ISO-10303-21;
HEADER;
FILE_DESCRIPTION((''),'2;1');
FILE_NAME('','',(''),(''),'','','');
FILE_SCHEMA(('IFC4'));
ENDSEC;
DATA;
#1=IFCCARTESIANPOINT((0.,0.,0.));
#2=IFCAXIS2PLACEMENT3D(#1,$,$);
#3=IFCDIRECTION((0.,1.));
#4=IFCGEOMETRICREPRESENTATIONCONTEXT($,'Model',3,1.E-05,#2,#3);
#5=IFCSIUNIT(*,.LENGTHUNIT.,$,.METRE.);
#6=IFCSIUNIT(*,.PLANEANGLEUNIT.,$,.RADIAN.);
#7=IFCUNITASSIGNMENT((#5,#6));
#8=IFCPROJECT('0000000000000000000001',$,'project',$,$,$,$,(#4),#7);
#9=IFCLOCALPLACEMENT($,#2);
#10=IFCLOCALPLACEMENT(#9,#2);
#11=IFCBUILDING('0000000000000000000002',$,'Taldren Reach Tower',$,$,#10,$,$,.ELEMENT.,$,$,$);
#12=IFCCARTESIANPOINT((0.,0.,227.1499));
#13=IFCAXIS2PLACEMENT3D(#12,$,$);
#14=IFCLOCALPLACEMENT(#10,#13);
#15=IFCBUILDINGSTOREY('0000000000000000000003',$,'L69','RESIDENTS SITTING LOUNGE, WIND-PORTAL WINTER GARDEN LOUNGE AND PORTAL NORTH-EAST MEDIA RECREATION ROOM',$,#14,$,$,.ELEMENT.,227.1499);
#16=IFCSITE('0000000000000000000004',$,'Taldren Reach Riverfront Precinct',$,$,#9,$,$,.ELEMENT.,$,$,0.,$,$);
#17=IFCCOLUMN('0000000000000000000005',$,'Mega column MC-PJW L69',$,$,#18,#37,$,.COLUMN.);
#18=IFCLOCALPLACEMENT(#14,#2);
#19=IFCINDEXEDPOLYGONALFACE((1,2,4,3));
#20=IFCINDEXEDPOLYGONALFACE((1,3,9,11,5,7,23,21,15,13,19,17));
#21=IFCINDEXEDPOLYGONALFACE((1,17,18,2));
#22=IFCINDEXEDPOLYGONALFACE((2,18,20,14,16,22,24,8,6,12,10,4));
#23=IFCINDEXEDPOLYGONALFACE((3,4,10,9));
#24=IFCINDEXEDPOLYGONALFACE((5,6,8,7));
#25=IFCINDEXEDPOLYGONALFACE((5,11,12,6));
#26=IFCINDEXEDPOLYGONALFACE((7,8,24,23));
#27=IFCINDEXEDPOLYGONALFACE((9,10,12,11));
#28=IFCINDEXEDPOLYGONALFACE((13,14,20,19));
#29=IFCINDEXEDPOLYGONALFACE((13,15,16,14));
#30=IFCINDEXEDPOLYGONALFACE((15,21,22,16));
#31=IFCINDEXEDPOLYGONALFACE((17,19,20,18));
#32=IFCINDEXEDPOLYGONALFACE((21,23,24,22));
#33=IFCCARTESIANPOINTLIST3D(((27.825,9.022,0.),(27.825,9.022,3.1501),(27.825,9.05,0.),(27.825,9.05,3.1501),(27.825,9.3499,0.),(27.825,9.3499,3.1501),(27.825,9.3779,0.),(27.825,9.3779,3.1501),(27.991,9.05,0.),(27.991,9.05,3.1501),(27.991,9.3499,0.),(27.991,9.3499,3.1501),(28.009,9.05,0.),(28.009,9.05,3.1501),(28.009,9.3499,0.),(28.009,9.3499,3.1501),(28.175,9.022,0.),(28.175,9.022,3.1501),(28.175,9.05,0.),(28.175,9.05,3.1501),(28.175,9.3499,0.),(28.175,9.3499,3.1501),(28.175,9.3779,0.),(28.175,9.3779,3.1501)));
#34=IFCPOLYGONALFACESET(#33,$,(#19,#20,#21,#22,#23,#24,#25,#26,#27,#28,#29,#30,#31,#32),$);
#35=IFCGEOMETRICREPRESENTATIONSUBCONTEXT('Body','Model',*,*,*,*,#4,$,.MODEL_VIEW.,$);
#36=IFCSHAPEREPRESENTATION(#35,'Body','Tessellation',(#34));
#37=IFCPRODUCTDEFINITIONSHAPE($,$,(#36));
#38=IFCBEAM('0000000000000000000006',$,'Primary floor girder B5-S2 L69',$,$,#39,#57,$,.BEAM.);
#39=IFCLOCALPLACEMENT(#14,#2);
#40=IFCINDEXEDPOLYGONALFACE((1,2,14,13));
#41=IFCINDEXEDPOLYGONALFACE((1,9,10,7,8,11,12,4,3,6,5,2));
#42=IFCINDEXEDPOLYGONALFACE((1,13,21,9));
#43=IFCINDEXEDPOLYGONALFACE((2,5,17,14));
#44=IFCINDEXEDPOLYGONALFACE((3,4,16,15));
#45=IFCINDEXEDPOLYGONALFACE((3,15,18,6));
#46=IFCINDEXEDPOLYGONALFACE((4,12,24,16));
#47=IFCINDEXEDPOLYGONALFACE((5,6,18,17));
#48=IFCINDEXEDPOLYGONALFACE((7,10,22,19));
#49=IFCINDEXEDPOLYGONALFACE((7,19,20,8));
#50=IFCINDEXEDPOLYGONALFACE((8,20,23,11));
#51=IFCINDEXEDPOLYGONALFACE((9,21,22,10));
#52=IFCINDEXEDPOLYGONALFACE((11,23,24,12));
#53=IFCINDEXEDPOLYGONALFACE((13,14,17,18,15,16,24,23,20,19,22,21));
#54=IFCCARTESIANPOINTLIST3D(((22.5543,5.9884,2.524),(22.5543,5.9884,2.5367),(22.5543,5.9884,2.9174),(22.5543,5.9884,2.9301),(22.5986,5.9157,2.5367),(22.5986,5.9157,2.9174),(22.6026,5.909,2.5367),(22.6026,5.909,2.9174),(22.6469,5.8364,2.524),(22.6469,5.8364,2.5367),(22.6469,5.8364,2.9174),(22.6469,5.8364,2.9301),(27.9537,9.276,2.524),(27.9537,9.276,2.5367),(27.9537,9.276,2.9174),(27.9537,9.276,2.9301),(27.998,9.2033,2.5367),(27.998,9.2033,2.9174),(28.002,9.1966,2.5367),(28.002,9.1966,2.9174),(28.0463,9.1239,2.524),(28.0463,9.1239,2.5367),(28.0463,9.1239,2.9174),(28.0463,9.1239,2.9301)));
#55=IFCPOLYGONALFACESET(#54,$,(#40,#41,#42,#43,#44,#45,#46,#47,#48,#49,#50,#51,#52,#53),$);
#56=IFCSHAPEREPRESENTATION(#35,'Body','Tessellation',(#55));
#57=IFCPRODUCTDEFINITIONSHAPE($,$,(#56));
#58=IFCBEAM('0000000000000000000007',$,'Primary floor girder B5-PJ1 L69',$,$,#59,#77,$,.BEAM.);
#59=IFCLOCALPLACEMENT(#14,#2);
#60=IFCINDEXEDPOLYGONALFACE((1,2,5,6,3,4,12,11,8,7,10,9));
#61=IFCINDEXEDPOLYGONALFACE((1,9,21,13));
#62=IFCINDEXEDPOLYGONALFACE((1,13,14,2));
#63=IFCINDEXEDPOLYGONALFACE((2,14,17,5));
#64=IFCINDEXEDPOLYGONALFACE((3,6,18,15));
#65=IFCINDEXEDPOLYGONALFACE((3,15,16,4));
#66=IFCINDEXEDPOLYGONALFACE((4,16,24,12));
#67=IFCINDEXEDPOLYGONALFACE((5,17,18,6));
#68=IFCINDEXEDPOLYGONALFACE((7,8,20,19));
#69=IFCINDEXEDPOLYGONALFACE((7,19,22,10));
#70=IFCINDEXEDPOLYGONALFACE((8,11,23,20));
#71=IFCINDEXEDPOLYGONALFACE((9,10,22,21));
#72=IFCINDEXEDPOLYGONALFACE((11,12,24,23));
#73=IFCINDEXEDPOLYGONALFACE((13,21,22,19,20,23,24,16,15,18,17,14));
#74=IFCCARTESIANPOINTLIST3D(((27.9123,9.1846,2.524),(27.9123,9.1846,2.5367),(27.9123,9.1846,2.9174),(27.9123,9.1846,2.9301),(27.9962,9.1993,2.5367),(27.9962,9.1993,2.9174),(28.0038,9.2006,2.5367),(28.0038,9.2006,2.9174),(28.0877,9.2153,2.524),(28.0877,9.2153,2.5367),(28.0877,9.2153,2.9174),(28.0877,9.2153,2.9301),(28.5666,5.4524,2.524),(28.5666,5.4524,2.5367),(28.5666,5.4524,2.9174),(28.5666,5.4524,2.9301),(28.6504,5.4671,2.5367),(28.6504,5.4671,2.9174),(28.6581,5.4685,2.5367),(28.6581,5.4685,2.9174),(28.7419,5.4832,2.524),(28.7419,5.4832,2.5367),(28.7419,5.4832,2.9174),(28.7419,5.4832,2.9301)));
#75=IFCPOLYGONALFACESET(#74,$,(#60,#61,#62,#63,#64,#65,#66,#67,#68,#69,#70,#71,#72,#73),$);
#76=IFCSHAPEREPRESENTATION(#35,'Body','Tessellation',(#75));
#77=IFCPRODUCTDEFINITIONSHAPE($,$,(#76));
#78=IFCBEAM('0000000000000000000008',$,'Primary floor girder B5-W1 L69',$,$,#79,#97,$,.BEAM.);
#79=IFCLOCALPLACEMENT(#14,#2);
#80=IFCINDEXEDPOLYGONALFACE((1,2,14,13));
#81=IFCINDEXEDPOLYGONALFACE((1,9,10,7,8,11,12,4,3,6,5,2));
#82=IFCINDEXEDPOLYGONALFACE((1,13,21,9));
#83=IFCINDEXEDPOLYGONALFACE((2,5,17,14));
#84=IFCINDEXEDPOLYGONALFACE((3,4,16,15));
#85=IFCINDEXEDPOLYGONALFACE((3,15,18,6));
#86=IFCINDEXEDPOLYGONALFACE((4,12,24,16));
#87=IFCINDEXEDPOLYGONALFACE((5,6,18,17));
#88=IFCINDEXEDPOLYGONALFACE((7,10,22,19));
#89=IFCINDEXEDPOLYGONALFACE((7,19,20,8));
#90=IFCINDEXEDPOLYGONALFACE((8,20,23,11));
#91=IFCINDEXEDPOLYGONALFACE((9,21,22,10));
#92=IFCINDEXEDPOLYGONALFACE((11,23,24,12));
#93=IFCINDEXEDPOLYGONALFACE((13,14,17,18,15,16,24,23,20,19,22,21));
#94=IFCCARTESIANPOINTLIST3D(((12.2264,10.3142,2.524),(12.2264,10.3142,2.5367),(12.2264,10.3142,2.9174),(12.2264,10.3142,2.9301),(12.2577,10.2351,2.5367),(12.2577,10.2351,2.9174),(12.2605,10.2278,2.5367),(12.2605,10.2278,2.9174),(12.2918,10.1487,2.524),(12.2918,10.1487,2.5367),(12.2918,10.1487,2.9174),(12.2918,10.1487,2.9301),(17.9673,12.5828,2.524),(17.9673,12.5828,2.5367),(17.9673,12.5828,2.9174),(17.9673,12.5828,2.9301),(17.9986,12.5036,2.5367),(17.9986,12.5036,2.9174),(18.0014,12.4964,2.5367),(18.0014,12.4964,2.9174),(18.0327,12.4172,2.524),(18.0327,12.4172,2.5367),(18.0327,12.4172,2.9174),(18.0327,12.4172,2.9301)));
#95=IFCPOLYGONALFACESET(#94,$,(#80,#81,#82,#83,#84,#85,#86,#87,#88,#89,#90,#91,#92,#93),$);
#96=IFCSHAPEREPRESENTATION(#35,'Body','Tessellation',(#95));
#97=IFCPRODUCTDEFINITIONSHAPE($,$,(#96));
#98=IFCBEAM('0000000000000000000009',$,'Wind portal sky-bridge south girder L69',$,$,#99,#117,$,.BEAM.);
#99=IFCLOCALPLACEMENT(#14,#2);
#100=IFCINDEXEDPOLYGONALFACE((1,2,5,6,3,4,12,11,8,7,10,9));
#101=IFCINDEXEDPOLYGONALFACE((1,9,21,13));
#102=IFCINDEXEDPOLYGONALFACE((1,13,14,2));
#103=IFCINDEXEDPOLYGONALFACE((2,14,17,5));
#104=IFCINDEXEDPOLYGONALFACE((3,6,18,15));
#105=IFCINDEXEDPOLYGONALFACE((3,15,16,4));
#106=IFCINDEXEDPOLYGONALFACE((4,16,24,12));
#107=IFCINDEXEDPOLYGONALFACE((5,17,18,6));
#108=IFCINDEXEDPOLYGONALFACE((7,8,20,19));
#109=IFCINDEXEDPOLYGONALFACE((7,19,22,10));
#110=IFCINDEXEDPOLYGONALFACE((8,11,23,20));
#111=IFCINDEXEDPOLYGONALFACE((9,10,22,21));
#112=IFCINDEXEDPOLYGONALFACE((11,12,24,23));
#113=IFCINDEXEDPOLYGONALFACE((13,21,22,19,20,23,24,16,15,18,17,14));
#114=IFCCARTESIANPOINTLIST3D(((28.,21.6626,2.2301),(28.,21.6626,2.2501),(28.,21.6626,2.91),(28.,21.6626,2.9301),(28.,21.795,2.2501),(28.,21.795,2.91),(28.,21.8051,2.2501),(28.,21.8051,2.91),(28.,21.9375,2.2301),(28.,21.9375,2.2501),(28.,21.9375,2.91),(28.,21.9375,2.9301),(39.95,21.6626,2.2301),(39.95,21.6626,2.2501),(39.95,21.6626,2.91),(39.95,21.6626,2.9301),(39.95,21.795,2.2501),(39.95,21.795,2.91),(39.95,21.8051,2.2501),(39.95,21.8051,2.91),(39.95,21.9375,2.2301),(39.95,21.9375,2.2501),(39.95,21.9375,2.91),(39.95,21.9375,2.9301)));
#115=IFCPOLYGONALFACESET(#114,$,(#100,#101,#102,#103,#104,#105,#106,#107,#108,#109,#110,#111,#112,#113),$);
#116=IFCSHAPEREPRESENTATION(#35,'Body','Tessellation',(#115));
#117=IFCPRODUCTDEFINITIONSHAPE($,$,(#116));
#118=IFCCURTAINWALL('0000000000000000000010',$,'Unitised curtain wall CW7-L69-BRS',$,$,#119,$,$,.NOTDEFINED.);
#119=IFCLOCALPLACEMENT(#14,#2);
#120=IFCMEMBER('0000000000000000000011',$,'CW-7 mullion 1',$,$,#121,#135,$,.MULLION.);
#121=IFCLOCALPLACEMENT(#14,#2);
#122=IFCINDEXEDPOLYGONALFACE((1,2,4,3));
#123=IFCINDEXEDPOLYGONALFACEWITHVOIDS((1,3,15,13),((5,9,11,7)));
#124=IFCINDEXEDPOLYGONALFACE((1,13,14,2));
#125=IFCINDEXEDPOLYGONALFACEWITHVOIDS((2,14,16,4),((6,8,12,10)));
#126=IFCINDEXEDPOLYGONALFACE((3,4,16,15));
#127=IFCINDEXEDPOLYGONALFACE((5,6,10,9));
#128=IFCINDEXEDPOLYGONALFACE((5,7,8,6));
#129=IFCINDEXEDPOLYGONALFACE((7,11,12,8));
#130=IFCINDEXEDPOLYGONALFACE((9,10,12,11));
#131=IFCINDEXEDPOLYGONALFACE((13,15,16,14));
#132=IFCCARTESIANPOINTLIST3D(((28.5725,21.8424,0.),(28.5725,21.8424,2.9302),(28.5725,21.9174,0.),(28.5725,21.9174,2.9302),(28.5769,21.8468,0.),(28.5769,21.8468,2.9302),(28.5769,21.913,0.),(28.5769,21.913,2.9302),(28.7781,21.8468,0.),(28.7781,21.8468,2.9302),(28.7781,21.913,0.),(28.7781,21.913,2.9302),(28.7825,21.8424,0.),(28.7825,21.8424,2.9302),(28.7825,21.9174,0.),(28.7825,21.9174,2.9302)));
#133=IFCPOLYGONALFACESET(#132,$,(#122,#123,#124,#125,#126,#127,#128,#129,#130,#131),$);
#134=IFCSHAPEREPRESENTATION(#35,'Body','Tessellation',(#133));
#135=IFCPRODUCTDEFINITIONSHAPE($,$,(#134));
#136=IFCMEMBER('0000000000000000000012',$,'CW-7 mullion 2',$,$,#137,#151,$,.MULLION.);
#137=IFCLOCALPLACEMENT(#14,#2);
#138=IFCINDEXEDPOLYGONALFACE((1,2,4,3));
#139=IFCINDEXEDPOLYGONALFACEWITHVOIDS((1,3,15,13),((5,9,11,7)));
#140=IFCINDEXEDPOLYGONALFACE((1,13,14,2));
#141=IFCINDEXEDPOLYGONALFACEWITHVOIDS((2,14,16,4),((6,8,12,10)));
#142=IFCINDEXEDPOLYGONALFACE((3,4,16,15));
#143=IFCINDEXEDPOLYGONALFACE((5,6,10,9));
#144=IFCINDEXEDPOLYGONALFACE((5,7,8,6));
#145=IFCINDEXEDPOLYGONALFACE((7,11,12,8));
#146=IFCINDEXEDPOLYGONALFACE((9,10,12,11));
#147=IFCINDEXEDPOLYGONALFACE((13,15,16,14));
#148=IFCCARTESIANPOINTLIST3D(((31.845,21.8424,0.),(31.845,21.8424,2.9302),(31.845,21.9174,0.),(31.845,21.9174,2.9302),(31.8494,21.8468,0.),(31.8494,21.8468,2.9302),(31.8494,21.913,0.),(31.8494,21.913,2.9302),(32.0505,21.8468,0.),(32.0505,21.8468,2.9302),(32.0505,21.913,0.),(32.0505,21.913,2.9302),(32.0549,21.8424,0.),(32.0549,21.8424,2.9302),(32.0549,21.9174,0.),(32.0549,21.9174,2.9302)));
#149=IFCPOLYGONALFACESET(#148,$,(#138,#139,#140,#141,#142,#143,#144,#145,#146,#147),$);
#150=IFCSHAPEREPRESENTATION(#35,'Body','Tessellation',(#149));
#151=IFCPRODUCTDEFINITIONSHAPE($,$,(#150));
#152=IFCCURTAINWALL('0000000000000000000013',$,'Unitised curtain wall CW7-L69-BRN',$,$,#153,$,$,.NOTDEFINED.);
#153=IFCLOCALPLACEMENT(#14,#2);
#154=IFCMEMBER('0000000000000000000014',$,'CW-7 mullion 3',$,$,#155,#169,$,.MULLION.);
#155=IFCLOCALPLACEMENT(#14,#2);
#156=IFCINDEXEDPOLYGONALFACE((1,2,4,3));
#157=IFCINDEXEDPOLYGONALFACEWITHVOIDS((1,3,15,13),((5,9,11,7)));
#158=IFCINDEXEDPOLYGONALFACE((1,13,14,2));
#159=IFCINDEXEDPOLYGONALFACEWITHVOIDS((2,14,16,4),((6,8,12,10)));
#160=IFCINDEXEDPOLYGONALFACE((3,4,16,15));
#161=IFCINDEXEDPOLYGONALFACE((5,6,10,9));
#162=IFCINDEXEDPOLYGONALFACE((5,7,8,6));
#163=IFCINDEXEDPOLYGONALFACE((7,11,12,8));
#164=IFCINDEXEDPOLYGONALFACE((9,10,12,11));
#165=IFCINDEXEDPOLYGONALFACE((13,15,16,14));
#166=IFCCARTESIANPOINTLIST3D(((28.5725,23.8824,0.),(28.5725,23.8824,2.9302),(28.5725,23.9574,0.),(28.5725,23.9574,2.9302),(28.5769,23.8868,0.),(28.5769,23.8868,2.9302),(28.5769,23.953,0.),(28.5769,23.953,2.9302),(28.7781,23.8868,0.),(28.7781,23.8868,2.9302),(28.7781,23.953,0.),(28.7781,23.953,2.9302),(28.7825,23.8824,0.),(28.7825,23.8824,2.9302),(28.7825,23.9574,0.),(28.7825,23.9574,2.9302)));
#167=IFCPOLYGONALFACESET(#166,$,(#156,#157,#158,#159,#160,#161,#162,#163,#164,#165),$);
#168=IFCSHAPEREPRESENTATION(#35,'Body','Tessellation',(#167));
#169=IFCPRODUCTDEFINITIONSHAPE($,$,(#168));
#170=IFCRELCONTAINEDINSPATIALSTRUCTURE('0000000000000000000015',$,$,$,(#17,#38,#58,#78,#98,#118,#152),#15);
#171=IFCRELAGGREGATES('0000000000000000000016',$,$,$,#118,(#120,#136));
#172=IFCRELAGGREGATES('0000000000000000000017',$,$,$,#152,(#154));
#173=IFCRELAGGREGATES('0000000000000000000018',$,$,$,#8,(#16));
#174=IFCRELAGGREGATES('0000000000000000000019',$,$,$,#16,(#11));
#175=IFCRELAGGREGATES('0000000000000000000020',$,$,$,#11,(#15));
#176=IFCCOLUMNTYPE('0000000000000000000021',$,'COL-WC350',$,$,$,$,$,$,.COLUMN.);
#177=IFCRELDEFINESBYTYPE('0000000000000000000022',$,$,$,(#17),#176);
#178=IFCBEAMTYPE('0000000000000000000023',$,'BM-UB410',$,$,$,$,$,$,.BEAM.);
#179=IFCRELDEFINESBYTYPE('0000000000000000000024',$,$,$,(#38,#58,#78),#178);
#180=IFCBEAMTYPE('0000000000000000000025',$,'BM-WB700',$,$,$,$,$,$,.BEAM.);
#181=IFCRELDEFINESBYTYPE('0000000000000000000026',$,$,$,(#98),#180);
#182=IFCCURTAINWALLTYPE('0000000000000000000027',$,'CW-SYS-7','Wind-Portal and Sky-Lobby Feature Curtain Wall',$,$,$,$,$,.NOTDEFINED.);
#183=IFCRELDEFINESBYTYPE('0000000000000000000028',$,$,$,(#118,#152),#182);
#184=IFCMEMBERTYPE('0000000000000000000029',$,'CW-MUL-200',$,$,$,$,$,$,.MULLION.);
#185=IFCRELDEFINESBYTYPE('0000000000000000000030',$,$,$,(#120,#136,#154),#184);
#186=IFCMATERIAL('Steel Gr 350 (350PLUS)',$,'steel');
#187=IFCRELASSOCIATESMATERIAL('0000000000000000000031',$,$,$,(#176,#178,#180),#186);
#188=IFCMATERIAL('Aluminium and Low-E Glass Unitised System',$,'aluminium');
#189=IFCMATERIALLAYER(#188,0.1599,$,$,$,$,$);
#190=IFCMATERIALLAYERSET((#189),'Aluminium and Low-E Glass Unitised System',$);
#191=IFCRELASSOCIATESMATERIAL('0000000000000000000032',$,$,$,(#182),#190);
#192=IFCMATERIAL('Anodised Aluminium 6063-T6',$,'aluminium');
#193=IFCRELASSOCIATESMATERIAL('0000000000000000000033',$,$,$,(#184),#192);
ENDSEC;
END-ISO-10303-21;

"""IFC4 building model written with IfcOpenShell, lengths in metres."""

from ifc_helpers import new_model, si_unit, direction, frame, origin, origin_2d, place, context, subcontext, project, spatial, hollow_rectangle, i_section, extrude, source, transform, mapped, material, layer, layer_set, material_profile, profile_set, type_object, element, aggregate, save


model = new_model("IFC4")

# Units and contexts
model_context = context("Model", 3, precision=1e-05, world=origin(), true_north=direction((0.0, 1.0)))
body_context = subcontext(model_context, "Body", "Model", "MODEL_VIEW")
ifc_project = project(units=[si_unit("LENGTHUNIT", "METRE"), si_unit("PLANEANGLEUNIT", "RADIAN")], contexts=[model_context])

# Site, building, storey
site_placement = place(None, origin())
site = spatial("IfcSite", under=ifc_project, at=site_placement, Name="Taldren Reach Riverfront Precinct", CompositionType="ELEMENT", RefElevation=0.0)
building_placement = place(site_placement, origin())
building = spatial("IfcBuilding", under=site, at=building_placement, Name="Taldren Reach Tower", CompositionType="ELEMENT")
storey_placement = place(building_placement, frame((0.0, 0.0, 227.1499)))
storey = spatial("IfcBuildingStorey", under=building, at=storey_placement, Name="L69", Description="RESIDENTS SITTING LOUNGE, WIND-PORTAL WINTER GARDEN LOUNGE AND PORTAL NORTH-EAST MEDIA RECREATION ROOM", CompositionType="ELEMENT", Elevation=227.1499)

# Column
ifc_material_1 = material(Name="Steel Gr 350 (350PLUS)", Category="steel")
ifc_material_profile_1 = material_profile(ifc_material_1, i_section(OverallWidth=0.3501, OverallDepth=0.356, WebThickness=0.0181, FlangeThickness=0.0281, at=origin_2d()), Name="350WC197")
ifc_profile_set_1 = profile_set([ifc_material_profile_1], Name="Steel Gr 350 (350PLUS)")
column_type = type_object("IfcColumnType", Name="COL-WC350", PredefinedType="COLUMN", material=ifc_profile_set_1)
shared_shape_1 = source(origin(), body_context, "Body", "SweptSolid", [
    extrude(i_section(OverallWidth=0.3501, OverallDepth=0.356, WebThickness=0.0181, FlangeThickness=0.0281, at=origin_2d()), origin(), (0.0, 0.0, 1.0), 3.1501),
])
column_placement = place(storey_placement, frame((28.0, 9.2, 0.0), z_axis=(0.0, 0.0, 1.0), x_axis=(1.0, 0.0, 0.0)))
element("IfcColumn", 1, at=column_placement, inside=storey, type_object=column_type, Name="Mega column MC-PJW L69", PredefinedType="COLUMN", context=body_context, shape_type="MappedRepresentation", body=[
    mapped(shared_shape_1, transform((0.0, 0.0, 0.0), scale=1.0)),
])

# Beams
ifc_material_profile_2 = material_profile(ifc_material_1, i_section(OverallWidth=0.178, OverallDepth=0.406, WebThickness=0.0078, FlangeThickness=0.0127, at=origin_2d()), Name="410UB59.7")
ifc_profile_set_2 = profile_set([ifc_material_profile_2], Name="Steel Gr 350 (350PLUS)")
beam_type_1 = type_object("IfcBeamType", Name="BM-UB410", PredefinedType="BEAM", material=ifc_profile_set_2)
shared_shape_2 = source(origin(), body_context, "Body", "SweptSolid", [
    extrude(i_section(OverallWidth=0.178, OverallDepth=0.406, WebThickness=0.0078, FlangeThickness=0.0127, at=origin_2d()), origin(), (0.0, 0.0, 1.0), 6.3215),
])
beam_1_placement = place(storey_placement, frame((28.0, 9.2, 2.7271), z_axis=(-0.854128, -0.520062, 0.0), x_axis=(0.520062, -0.854128, 0.0)))
element("IfcBeam", 2, at=beam_1_placement, inside=storey, type_object=beam_type_1, Name="Primary floor girder B5-S2 L69", PredefinedType="BEAM", context=body_context, shape_type="MappedRepresentation", body=[
    mapped(shared_shape_2, transform((0.0, 0.0, 0.0), scale=1.0)),
])
shared_shape_3 = source(origin(), body_context, "Body", "SweptSolid", [
    extrude(i_section(OverallWidth=0.178, OverallDepth=0.406, WebThickness=0.0078, FlangeThickness=0.0127, at=origin_2d()), origin(), (0.0, 0.0, 1.0), 3.7891),
])
beam_2_placement = place(storey_placement, frame((28.0, 9.2, 2.7271), z_axis=(0.172679, -0.984978, 0.0), x_axis=(0.984978, 0.172679, 0.0)))
element("IfcBeam", 3, at=beam_2_placement, inside=storey, type_object=beam_type_1, Name="Primary floor girder B5-PJ1 L69", PredefinedType="BEAM", context=body_context, shape_type="MappedRepresentation", body=[
    mapped(shared_shape_3, transform((0.0, 0.0, 0.0), scale=1.0)),
])
shared_shape_4 = source(origin(), body_context, "Body", "SweptSolid", [
    extrude(i_section(OverallWidth=0.178, OverallDepth=0.406, WebThickness=0.0078, FlangeThickness=0.0127, at=origin_2d()), origin(), (0.0, 0.0, 1.0), 6.1729),
])
beam_3_placement = place(storey_placement, frame((18.0, 12.5, 2.7271), z_axis=(-0.930023, -0.367501, 0.0), x_axis=(0.367501, -0.930023, 0.0)))
element("IfcBeam", 4, at=beam_3_placement, inside=storey, type_object=beam_type_1, Name="Primary floor girder B5-W1 L69", PredefinedType="BEAM", context=body_context, shape_type="MappedRepresentation", body=[
    mapped(shared_shape_4, transform((0.0, 0.0, 0.0), scale=1.0)),
])
ifc_material_profile_3 = material_profile(ifc_material_1, i_section(OverallWidth=0.2749, OverallDepth=0.7, WebThickness=0.01, FlangeThickness=0.02, at=origin_2d()), Name="700WB150")
ifc_profile_set_3 = profile_set([ifc_material_profile_3], Name="Steel Gr 350 (350PLUS)")
beam_type_2 = type_object("IfcBeamType", Name="BM-WB700", PredefinedType="BEAM", material=ifc_profile_set_3)
shared_shape_5 = source(origin(), body_context, "Body", "SweptSolid", [
    extrude(i_section(OverallWidth=0.2749, OverallDepth=0.7, WebThickness=0.01, FlangeThickness=0.02, at=origin_2d()), origin(), (0.0, 0.0, 1.0), 11.95),
])
beam_4_placement = place(storey_placement, frame((28.0, 21.8, 2.5801), z_axis=(1.0, 0.0, 0.0), x_axis=(0.0, 1.0, 0.0)))
element("IfcBeam", 5, at=beam_4_placement, inside=storey, type_object=beam_type_2, Name="Wind portal sky-bridge south girder L69", PredefinedType="BEAM", context=body_context, shape_type="MappedRepresentation", body=[
    mapped(shared_shape_5, transform((0.0, 0.0, 0.0), scale=1.0)),
])

# Curtain wall, members
ifc_material_2 = material(Name="Aluminium and Low-E Glass Unitised System", Category="aluminium")
ifc_layer_1 = layer(ifc_material_2, 0.1599)
ifc_layer_set_1 = layer_set([ifc_layer_1], Name="Aluminium and Low-E Glass Unitised System")
curtain_wall_type = type_object("IfcCurtainWallType", Name="CW-SYS-7", Description="Wind-Portal and Sky-Lobby Feature Curtain Wall", PredefinedType="NOTDEFINED", material=ifc_layer_set_1)
curtain_wall_1_placement = place(storey_placement, origin())
curtain_wall_1 = element("IfcCurtainWall", 6, at=curtain_wall_1_placement, inside=storey, type_object=curtain_wall_type, Name="Unitised curtain wall CW7-L69-BRS", PredefinedType="NOTDEFINED")
ifc_material_3 = material(Name="Anodised Aluminium 6063-T6", Category="aluminium")
ifc_material_profile_4 = material_profile(ifc_material_3, hollow_rectangle(XDim=0.075, YDim=0.21, WallThickness=0.0044, at=origin_2d()), Name="ALU-210x75x4.5RHS")
ifc_profile_set_4 = profile_set([ifc_material_profile_4], Name="Anodised Aluminium 6063-T6")
member_type_1 = type_object("IfcMemberType", Name="CW-MUL-200", PredefinedType="MULLION", material=ifc_profile_set_4)
shared_shape_6 = source(origin(), body_context, "Body", "SweptSolid", [
    extrude(hollow_rectangle(XDim=0.075, YDim=0.21, WallThickness=0.0044, at=origin_2d()), origin(), (0.0, 0.0, 1.0), 2.9302),
])
member_1_placement = place(storey_placement, frame((28.6775, 21.8799, 0.0), z_axis=(0.0, 0.0, 1.0), x_axis=(0.0, 1.0, 0.0)))
member_1 = element("IfcMember", 7, at=member_1_placement, type_object=member_type_1, Name="CW-7 mullion 1", PredefinedType="MULLION", context=body_context, shape_type="MappedRepresentation", body=[
    mapped(shared_shape_6, transform((0.0, 0.0, 0.0), scale=1.0)),
])
member_2_placement = place(storey_placement, frame((31.95, 21.8799, 0.0), z_axis=(0.0, 0.0, 1.0), x_axis=(0.0, 1.0, 0.0)))
member_2 = element("IfcMember", 8, at=member_2_placement, type_object=member_type_1, Name="CW-7 mullion 2", PredefinedType="MULLION", context=body_context, shape_type="MappedRepresentation", body=[
    mapped(shared_shape_6, transform((0.0, 0.0, 0.0), scale=1.0)),
])

# Curtain wall, member
curtain_wall_2_placement = place(storey_placement, origin())
curtain_wall_2 = element("IfcCurtainWall", 9, at=curtain_wall_2_placement, inside=storey, type_object=curtain_wall_type, Name="Unitised curtain wall CW7-L69-BRN", PredefinedType="NOTDEFINED")
member_3_placement = place(storey_placement, frame((28.6775, 23.9199, 0.0), z_axis=(0.0, 0.0, 1.0), x_axis=(0.0, -1.0, 0.0)))
member_3 = element("IfcMember", 10, at=member_3_placement, type_object=member_type_1, Name="CW-7 mullion 3", PredefinedType="MULLION", context=body_context, shape_type="MappedRepresentation", body=[
    mapped(shared_shape_6, transform((0.0, 0.0, 0.0), scale=1.0)),
])

aggregate(curtain_wall_1, [member_1, member_2])
aggregate(curtain_wall_2, [member_3])

save(model, "model.ifc")
